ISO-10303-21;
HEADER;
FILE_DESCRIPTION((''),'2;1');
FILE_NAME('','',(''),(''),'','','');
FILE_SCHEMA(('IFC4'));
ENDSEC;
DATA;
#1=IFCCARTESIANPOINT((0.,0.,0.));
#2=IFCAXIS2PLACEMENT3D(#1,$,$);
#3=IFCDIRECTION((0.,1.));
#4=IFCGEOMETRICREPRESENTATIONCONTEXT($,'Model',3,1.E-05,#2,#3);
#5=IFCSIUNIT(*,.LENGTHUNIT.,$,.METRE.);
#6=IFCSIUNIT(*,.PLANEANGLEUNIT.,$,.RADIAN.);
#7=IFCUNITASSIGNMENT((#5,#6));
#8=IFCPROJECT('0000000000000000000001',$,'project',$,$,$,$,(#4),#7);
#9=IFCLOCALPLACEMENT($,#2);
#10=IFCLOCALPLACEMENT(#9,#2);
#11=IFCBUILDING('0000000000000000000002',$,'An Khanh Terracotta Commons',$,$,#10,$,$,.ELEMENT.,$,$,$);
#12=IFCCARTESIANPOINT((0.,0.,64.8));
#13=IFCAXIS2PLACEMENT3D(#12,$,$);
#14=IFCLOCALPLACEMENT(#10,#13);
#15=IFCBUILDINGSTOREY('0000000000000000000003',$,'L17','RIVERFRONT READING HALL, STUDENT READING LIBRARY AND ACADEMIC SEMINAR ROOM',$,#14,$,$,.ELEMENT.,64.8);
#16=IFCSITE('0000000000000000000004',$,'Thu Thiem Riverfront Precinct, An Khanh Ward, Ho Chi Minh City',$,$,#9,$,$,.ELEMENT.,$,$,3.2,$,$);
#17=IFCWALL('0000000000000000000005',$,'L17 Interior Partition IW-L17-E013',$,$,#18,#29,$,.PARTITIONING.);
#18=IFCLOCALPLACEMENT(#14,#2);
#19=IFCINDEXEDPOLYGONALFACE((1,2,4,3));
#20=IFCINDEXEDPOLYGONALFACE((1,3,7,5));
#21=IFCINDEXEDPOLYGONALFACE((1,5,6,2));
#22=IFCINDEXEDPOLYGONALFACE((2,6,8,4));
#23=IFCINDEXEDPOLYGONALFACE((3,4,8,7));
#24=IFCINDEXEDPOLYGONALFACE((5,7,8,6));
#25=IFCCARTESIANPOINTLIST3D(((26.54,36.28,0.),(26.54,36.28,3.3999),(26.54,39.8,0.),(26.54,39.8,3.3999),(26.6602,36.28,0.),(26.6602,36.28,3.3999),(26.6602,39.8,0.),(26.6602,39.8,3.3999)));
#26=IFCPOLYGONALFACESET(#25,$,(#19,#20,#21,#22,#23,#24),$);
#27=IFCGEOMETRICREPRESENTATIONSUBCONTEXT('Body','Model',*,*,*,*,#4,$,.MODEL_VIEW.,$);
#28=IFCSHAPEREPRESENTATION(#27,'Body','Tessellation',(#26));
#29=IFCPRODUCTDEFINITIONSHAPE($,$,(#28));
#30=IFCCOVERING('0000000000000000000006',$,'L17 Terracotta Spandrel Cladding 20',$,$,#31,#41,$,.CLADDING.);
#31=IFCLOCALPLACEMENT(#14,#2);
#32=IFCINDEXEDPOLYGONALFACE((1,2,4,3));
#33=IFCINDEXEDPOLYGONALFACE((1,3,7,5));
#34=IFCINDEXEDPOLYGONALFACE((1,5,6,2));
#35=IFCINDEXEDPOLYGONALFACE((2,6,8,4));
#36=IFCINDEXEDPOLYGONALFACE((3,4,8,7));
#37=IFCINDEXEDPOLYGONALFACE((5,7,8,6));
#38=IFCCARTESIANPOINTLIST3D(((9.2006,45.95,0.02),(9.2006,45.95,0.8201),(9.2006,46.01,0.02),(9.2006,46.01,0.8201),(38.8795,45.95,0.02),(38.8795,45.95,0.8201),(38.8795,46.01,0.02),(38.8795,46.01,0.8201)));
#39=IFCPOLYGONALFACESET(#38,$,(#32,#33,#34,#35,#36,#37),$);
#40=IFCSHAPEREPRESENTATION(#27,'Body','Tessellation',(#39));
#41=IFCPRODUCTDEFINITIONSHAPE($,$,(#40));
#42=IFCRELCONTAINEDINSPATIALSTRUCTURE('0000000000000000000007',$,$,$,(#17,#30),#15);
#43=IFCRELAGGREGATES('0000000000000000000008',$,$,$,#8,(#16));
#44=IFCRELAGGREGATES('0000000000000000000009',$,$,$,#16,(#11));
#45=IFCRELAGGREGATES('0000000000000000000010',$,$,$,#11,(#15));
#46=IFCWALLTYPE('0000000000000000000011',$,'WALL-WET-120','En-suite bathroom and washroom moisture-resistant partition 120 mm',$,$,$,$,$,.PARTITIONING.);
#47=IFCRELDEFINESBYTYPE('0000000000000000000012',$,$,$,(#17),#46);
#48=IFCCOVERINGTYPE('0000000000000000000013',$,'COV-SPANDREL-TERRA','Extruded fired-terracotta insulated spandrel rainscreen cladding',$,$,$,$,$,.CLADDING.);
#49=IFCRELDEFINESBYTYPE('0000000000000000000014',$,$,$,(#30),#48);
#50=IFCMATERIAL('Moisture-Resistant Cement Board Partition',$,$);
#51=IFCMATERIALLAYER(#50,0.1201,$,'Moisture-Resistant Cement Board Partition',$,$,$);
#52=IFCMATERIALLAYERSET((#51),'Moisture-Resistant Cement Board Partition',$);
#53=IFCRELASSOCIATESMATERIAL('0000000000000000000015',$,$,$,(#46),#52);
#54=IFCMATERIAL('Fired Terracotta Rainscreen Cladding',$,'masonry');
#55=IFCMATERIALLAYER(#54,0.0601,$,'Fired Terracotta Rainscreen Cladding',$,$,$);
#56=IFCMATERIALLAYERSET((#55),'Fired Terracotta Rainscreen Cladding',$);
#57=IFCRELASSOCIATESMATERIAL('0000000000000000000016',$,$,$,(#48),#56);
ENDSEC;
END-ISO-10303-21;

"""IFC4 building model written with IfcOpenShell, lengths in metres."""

from ifc_helpers import new_model, si_unit, direction, frame, frame_2d, origin, origin_2d, place, context, subcontext, project, spatial, rectangle, extrude, material, layer, layer_set, type_object, element, save


model = new_model("IFC4")

# Units and contexts
model_context = context("Model", 3, precision=1e-05, world=origin(), true_north=direction((0.0, 1.0)))
body_context = subcontext(model_context, "Body", "Model", "MODEL_VIEW")
ifc_project = project(units=[si_unit("LENGTHUNIT", "METRE"), si_unit("PLANEANGLEUNIT", "RADIAN")], contexts=[model_context])

# Site, building, storey
site_placement = place(None, origin())
site = spatial("IfcSite", under=ifc_project, at=site_placement, Name="Thu Thiem Riverfront Precinct, An Khanh Ward, Ho Chi Minh City", CompositionType="ELEMENT", RefElevation=3.2)
building_placement = place(site_placement, origin())
building = spatial("IfcBuilding", under=site, at=building_placement, Name="An Khanh Terracotta Commons", CompositionType="ELEMENT")
storey_placement = place(building_placement, frame((0.0, 0.0, 64.8)))
storey = spatial("IfcBuildingStorey", under=building, at=storey_placement, Name="L17", Description="RIVERFRONT READING HALL, STUDENT READING LIBRARY AND ACADEMIC SEMINAR ROOM", CompositionType="ELEMENT", Elevation=64.8)

# Wall
ifc_material_1 = material(Name="Moisture-Resistant Cement Board Partition")
ifc_layer_1 = layer(ifc_material_1, 0.1201, Name="Moisture-Resistant Cement Board Partition")
ifc_layer_set_1 = layer_set([ifc_layer_1], Name="Moisture-Resistant Cement Board Partition")
wall_type_1 = type_object("IfcWallType", Name="WALL-WET-120", Description="En-suite bathroom and washroom moisture-resistant partition 120 mm", PredefinedType="PARTITIONING", material=ifc_layer_set_1)
wall_1_placement = place(storey_placement, frame((26.6001, 36.28, 0.0), z_axis=(0.0, 0.0, 1.0), x_axis=(0.0, 1.0, 0.0)))
element("IfcWall", 1, at=wall_1_placement, inside=storey, type_object=wall_type_1, Name="L17 Interior Partition IW-L17-E013", PredefinedType="PARTITIONING", context=body_context, shape_type="SweptSolid", body=[
    extrude(rectangle(XDim=3.52, YDim=0.1201, at=frame_2d((1.76, 0.0))), origin(), (0.0, 0.0, 1.0), 3.3999),
])

# Covering
ifc_material_2 = material(Name="Fired Terracotta Rainscreen Cladding", Category="masonry")
ifc_layer_2 = layer(ifc_material_2, 0.0601, Name="Fired Terracotta Rainscreen Cladding")
ifc_layer_set_2 = layer_set([ifc_layer_2], Name="Fired Terracotta Rainscreen Cladding")
covering_type = type_object("IfcCoveringType", Name="COV-SPANDREL-TERRA", Description="Extruded fired-terracotta insulated spandrel rainscreen cladding", PredefinedType="CLADDING", material=ifc_layer_set_2)
covering_placement = place(storey_placement, frame((24.04, 45.98, 0.02), z_axis=(0.0, 0.0, 1.0), x_axis=(-1.0, 0.0, 0.0)))
element("IfcCovering", 2, at=covering_placement, inside=storey, type_object=covering_type, Name="L17 Terracotta Spandrel Cladding 20", PredefinedType="CLADDING", context=body_context, shape_type="SweptSolid", body=[
    extrude(rectangle(XDim=29.679, YDim=0.0601, at=origin_2d()), origin(), (0.0, 0.0, 1.0), 0.8),
])

save(model, "model.ifc")
